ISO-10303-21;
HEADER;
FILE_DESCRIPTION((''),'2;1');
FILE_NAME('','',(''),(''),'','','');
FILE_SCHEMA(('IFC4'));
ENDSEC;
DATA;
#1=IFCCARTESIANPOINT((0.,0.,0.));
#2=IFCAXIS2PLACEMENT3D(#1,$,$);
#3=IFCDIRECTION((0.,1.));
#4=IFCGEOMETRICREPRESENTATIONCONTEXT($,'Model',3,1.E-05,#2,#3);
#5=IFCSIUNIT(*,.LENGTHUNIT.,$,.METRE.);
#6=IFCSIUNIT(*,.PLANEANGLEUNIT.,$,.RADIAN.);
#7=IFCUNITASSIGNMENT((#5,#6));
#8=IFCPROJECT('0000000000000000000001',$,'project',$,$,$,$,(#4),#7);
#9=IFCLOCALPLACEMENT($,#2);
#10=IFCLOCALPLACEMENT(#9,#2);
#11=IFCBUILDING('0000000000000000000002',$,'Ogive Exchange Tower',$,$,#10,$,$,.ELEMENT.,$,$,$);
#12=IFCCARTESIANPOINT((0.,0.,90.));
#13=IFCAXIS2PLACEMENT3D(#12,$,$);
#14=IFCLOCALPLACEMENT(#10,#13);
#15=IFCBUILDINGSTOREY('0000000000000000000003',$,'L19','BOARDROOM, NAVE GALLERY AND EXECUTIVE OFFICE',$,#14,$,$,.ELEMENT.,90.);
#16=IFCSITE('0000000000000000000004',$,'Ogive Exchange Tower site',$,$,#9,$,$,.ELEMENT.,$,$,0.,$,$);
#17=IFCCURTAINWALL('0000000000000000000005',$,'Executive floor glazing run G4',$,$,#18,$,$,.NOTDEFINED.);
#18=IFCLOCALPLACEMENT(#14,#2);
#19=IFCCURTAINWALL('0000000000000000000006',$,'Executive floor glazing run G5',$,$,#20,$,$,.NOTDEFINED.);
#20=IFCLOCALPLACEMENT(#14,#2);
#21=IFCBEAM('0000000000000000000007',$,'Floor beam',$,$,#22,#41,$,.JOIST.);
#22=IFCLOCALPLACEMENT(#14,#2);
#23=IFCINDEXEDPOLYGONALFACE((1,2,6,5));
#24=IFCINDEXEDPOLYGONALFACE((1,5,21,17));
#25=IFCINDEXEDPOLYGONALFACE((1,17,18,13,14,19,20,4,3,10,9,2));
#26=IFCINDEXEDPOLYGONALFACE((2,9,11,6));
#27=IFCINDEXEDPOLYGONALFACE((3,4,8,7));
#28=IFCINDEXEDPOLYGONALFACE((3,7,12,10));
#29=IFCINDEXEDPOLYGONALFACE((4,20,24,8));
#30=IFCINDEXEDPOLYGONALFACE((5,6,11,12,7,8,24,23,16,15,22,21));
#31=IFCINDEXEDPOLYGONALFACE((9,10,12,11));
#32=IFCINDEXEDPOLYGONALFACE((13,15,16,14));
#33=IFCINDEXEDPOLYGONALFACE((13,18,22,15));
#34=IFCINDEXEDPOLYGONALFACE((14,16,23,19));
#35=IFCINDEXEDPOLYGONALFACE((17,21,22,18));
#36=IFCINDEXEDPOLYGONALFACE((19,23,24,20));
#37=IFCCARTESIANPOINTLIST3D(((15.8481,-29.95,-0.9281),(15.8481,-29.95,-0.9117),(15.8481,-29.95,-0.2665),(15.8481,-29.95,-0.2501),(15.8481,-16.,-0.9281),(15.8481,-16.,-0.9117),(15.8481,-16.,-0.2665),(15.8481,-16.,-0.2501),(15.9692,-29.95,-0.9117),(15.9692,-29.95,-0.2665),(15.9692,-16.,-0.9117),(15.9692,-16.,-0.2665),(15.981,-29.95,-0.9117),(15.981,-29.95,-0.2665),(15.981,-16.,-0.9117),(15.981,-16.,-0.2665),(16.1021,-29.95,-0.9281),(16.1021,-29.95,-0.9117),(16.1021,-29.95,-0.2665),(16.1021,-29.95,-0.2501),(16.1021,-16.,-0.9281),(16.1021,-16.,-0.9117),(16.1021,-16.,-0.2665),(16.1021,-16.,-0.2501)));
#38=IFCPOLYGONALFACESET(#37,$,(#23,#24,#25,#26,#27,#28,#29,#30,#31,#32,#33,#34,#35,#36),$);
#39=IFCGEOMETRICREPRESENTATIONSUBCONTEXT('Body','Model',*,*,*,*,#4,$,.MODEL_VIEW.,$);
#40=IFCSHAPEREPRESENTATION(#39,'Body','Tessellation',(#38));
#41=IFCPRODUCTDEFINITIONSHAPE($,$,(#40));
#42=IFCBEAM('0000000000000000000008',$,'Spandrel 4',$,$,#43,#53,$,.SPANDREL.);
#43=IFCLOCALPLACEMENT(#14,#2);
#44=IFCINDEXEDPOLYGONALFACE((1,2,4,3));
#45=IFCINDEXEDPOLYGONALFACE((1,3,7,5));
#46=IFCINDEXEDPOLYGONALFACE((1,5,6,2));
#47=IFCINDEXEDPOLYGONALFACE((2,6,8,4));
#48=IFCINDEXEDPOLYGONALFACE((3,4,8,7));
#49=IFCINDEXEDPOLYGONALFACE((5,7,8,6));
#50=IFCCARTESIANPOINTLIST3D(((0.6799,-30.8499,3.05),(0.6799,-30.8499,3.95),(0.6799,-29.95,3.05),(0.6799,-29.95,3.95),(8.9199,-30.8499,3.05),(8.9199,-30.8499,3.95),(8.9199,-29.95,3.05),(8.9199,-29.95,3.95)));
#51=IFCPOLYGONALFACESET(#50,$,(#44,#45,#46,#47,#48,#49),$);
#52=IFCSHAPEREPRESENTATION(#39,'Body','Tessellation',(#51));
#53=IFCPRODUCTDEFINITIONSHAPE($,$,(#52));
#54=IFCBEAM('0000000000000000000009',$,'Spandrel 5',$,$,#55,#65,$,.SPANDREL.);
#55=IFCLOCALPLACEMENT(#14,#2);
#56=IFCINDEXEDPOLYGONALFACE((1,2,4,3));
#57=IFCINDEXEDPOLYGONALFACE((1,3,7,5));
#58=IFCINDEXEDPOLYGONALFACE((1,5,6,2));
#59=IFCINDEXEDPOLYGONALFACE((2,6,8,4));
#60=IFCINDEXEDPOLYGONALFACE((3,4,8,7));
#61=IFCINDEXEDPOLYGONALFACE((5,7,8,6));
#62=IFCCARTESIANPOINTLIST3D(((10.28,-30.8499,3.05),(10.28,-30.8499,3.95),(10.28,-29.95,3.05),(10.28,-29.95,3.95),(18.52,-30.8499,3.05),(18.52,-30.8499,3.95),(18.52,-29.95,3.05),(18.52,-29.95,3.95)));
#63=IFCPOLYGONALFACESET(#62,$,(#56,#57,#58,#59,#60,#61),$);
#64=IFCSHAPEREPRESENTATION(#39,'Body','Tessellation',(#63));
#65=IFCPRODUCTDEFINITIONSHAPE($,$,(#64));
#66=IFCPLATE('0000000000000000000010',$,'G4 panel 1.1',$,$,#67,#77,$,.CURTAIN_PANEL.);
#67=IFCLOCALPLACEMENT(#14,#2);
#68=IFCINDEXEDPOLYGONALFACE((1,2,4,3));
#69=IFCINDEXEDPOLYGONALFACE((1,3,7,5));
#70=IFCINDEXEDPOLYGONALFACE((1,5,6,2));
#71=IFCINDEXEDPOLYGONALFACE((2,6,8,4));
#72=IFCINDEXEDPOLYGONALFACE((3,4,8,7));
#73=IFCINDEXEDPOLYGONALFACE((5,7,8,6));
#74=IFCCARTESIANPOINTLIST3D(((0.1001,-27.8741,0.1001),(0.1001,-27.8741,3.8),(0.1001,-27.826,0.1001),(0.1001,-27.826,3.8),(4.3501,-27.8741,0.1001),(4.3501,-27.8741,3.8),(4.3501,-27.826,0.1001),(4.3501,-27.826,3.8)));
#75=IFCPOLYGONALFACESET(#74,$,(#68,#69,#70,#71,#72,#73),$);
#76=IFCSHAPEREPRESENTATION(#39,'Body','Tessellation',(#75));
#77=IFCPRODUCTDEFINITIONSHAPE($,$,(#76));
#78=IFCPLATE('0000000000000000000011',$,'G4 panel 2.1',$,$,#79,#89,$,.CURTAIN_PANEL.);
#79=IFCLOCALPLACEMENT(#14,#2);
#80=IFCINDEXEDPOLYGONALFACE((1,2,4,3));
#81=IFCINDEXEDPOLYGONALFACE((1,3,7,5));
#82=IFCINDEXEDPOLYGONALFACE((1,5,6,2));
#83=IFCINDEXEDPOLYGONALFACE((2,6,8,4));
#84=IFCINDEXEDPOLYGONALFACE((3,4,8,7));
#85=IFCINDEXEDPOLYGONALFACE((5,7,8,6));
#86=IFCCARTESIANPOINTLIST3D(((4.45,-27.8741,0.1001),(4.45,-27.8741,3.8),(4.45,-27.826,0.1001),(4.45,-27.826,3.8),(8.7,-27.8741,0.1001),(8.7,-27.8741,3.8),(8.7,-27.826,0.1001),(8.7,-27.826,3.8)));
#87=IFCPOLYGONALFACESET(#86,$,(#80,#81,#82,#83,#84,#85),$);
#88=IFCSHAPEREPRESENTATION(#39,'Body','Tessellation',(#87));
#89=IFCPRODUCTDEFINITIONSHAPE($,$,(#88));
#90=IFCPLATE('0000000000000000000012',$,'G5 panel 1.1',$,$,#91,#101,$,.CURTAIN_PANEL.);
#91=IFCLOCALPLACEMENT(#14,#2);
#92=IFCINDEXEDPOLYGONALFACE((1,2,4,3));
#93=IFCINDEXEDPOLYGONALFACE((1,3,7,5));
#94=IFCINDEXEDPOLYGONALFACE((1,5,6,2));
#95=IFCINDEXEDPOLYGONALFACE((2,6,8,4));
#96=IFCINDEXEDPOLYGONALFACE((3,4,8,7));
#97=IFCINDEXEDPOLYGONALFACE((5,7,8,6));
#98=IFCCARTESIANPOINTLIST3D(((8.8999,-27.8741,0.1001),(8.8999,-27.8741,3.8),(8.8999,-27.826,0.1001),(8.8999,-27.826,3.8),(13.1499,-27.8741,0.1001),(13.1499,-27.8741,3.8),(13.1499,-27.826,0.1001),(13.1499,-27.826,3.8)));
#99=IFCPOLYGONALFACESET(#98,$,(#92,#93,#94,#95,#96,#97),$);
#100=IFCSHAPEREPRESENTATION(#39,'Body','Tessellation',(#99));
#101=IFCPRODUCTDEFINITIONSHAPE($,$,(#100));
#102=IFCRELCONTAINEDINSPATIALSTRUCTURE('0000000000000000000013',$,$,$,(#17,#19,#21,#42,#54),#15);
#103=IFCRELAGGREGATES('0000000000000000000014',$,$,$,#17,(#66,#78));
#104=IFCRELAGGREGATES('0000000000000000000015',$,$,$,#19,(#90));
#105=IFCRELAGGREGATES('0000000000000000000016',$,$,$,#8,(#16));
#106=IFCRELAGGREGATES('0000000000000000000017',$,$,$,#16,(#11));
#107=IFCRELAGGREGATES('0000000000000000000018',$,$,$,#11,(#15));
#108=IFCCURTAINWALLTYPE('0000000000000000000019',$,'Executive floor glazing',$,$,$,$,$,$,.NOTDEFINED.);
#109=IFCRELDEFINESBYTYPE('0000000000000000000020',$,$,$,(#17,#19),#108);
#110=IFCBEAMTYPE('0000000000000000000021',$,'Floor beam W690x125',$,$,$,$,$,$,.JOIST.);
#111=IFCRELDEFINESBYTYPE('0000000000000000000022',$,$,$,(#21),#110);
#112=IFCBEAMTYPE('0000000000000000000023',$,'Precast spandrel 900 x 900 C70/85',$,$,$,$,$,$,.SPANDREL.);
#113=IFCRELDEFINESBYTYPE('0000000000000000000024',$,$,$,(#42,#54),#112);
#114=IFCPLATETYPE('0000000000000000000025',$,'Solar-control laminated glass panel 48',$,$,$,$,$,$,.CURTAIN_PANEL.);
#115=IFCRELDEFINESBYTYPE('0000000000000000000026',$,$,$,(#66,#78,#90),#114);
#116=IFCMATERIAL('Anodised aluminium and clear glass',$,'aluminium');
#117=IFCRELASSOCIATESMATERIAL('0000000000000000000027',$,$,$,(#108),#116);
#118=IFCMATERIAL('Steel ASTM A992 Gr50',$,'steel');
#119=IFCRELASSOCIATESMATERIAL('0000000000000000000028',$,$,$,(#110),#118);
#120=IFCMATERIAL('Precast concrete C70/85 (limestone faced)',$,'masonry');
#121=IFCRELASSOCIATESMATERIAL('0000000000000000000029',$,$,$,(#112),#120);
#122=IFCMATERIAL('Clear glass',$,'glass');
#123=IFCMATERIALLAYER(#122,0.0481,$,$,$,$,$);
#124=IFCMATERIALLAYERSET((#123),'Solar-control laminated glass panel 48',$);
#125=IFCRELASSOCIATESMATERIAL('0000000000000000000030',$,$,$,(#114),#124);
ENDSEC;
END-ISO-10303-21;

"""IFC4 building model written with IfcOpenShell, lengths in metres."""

from ifc_helpers import new_model, si_unit, direction, frame, origin, origin_2d, place, context, subcontext, project, spatial, rectangle, i_section, extrude, material, layer, layer_set, material_profile, profile_set, type_object, element, aggregate, save


model = new_model("IFC4")

# Units and contexts
model_context = context("Model", 3, precision=1e-05, world=origin(), true_north=direction((0.0, 1.0)))
body_context = subcontext(model_context, "Body", "Model", "MODEL_VIEW")
ifc_project = project(units=[si_unit("LENGTHUNIT", "METRE"), si_unit("PLANEANGLEUNIT", "RADIAN")], contexts=[model_context])

# Site, building, storey
site_placement = place(None, origin())
site = spatial("IfcSite", under=ifc_project, at=site_placement, Name="Ogive Exchange Tower site", CompositionType="ELEMENT", RefElevation=0.0)
building_placement = place(site_placement, origin())
building = spatial("IfcBuilding", under=site, at=building_placement, Name="Ogive Exchange Tower", CompositionType="ELEMENT")
storey_placement = place(building_placement, frame((0.0, 0.0, 90.0)))
storey = spatial("IfcBuildingStorey", under=building, at=storey_placement, Name="L19", Description="BOARDROOM, NAVE GALLERY AND EXECUTIVE OFFICE", CompositionType="ELEMENT", Elevation=90.0)

# Shared definitions
ifc_material_1 = material(Name="Precast concrete C70/85 (limestone faced)", Category="masonry")

# Curtain walls
ifc_material_2 = material(Name="Anodised aluminium and clear glass", Category="aluminium")
curtain_wall_type = type_object("IfcCurtainWallType", Name="Executive floor glazing", PredefinedType="NOTDEFINED", material=ifc_material_2)
curtain_wall_1_placement = place(storey_placement, origin())
curtain_wall_1 = element("IfcCurtainWall", 1, at=curtain_wall_1_placement, inside=storey, type_object=curtain_wall_type, Name="Executive floor glazing run G4", PredefinedType="NOTDEFINED")
curtain_wall_2_placement = place(storey_placement, origin())
curtain_wall_2 = element("IfcCurtainWall", 2, at=curtain_wall_2_placement, inside=storey, type_object=curtain_wall_type, Name="Executive floor glazing run G5", PredefinedType="NOTDEFINED")

# Beams
ifc_material_3 = material(Name="Steel ASTM A992 Gr50", Category="steel")
ifc_material_profile_1 = material_profile(ifc_material_3, i_section(OverallWidth=0.2539, OverallDepth=0.678, WebThickness=0.0117, FlangeThickness=0.0164, at=origin_2d()), Name="W690x125")
ifc_profile_set_1 = profile_set([ifc_material_profile_1], Name="Steel ASTM A992 Gr50")
beam_type_1 = type_object("IfcBeamType", Name="Floor beam W690x125", PredefinedType="JOIST", material=ifc_profile_set_1)
for number, where, z_axis, x_axis, name in (
    (3, (15.9751, -29.95, -0.5891), (0.0, 1.0, 0.0), (-1.0, 0.0, 0.0), "Floor beam"),
):
    element("IfcBeam", number, at=place(storey_placement, frame(where, z_axis=z_axis, x_axis=x_axis)), inside=storey, type_object=beam_type_1, Name=name, PredefinedType="JOIST", context=body_context, shape_type="SweptSolid", body=[
        extrude(i_section(OverallWidth=0.2539, OverallDepth=0.678, WebThickness=0.0117, FlangeThickness=0.0164, at=origin_2d()), origin(), (0.0, 0.0, 1.0), 13.95),
    ])
ifc_material_profile_2 = material_profile(ifc_material_1, rectangle(XDim=0.8999, YDim=0.8999, at=origin_2d()), Name="900 x 900")
ifc_profile_set_2 = profile_set([ifc_material_profile_2], Name="Precast concrete C70/85 (limestone faced)")
beam_type_2 = type_object("IfcBeamType", Name="Precast spandrel 900 x 900 C70/85", PredefinedType="SPANDREL", material=ifc_profile_set_2)
for number, where, z_axis, x_axis, name in (
    (4, (0.6799, -30.3999, 3.5), (1.0, 0.0, 0.0), (0.0, 1.0, 0.0), "Spandrel 4"),
    (5, (10.28, -30.3999, 3.5), (1.0, 0.0, 0.0), (0.0, 1.0, 0.0), "Spandrel 5"),
):
    element("IfcBeam", number, at=place(storey_placement, frame(where, z_axis=z_axis, x_axis=x_axis)), inside=storey, type_object=beam_type_2, Name=name, PredefinedType="SPANDREL", context=body_context, shape_type="SweptSolid", body=[
        extrude(rectangle(XDim=0.8999, YDim=0.8999, at=origin_2d()), origin(), (0.0, 0.0, 1.0), 8.24),
    ])

# Plates
ifc_material_4 = material(Name="Clear glass", Category="glass")
ifc_layer = layer(ifc_material_4, 0.0481)
ifc_layer_set = layer_set([ifc_layer], Name="Solar-control laminated glass panel 48")
plate_type = type_object("IfcPlateType", Name="Solar-control laminated glass panel 48", PredefinedType="CURTAIN_PANEL", material=ifc_layer_set)
plate_1_placement = place(storey_placement, frame((2.2251, -27.8501, 0.1001), z_axis=(0.0, 0.0, 1.0), x_axis=(1.0, 0.0, 0.0)))
plate_1 = element("IfcPlate", 6, at=plate_1_placement, type_object=plate_type, Name="G4 panel 1.1", PredefinedType="CURTAIN_PANEL", context=body_context, shape_type="SweptSolid", body=[
    extrude(rectangle(XDim=4.25, YDim=0.0481, at=origin_2d()), origin(), (0.0, 0.0, 1.0), 3.7),
])
plate_2_placement = place(storey_placement, frame((6.575, -27.8501, 0.1001), z_axis=(0.0, 0.0, 1.0), x_axis=(1.0, 0.0, 0.0)))
plate_2 = element("IfcPlate", 7, at=plate_2_placement, type_object=plate_type, Name="G4 panel 2.1", PredefinedType="CURTAIN_PANEL", context=body_context, shape_type="SweptSolid", body=[
    extrude(rectangle(XDim=4.25, YDim=0.0481, at=origin_2d()), origin(), (0.0, 0.0, 1.0), 3.7),
])
aggregate(curtain_wall_1, [plate_1, plate_2])
plate_3_placement = place(storey_placement, frame((11.0249, -27.8501, 0.1001), z_axis=(0.0, 0.0, 1.0), x_axis=(1.0, 0.0, 0.0)))
plate_3 = element("IfcPlate", 8, at=plate_3_placement, type_object=plate_type, Name="G5 panel 1.1", PredefinedType="CURTAIN_PANEL", context=body_context, shape_type="SweptSolid", body=[
    extrude(rectangle(XDim=4.25, YDim=0.0481, at=origin_2d()), origin(), (0.0, 0.0, 1.0), 3.7),
])
aggregate(curtain_wall_2, [plate_3])

save(model, "model.ifc")
